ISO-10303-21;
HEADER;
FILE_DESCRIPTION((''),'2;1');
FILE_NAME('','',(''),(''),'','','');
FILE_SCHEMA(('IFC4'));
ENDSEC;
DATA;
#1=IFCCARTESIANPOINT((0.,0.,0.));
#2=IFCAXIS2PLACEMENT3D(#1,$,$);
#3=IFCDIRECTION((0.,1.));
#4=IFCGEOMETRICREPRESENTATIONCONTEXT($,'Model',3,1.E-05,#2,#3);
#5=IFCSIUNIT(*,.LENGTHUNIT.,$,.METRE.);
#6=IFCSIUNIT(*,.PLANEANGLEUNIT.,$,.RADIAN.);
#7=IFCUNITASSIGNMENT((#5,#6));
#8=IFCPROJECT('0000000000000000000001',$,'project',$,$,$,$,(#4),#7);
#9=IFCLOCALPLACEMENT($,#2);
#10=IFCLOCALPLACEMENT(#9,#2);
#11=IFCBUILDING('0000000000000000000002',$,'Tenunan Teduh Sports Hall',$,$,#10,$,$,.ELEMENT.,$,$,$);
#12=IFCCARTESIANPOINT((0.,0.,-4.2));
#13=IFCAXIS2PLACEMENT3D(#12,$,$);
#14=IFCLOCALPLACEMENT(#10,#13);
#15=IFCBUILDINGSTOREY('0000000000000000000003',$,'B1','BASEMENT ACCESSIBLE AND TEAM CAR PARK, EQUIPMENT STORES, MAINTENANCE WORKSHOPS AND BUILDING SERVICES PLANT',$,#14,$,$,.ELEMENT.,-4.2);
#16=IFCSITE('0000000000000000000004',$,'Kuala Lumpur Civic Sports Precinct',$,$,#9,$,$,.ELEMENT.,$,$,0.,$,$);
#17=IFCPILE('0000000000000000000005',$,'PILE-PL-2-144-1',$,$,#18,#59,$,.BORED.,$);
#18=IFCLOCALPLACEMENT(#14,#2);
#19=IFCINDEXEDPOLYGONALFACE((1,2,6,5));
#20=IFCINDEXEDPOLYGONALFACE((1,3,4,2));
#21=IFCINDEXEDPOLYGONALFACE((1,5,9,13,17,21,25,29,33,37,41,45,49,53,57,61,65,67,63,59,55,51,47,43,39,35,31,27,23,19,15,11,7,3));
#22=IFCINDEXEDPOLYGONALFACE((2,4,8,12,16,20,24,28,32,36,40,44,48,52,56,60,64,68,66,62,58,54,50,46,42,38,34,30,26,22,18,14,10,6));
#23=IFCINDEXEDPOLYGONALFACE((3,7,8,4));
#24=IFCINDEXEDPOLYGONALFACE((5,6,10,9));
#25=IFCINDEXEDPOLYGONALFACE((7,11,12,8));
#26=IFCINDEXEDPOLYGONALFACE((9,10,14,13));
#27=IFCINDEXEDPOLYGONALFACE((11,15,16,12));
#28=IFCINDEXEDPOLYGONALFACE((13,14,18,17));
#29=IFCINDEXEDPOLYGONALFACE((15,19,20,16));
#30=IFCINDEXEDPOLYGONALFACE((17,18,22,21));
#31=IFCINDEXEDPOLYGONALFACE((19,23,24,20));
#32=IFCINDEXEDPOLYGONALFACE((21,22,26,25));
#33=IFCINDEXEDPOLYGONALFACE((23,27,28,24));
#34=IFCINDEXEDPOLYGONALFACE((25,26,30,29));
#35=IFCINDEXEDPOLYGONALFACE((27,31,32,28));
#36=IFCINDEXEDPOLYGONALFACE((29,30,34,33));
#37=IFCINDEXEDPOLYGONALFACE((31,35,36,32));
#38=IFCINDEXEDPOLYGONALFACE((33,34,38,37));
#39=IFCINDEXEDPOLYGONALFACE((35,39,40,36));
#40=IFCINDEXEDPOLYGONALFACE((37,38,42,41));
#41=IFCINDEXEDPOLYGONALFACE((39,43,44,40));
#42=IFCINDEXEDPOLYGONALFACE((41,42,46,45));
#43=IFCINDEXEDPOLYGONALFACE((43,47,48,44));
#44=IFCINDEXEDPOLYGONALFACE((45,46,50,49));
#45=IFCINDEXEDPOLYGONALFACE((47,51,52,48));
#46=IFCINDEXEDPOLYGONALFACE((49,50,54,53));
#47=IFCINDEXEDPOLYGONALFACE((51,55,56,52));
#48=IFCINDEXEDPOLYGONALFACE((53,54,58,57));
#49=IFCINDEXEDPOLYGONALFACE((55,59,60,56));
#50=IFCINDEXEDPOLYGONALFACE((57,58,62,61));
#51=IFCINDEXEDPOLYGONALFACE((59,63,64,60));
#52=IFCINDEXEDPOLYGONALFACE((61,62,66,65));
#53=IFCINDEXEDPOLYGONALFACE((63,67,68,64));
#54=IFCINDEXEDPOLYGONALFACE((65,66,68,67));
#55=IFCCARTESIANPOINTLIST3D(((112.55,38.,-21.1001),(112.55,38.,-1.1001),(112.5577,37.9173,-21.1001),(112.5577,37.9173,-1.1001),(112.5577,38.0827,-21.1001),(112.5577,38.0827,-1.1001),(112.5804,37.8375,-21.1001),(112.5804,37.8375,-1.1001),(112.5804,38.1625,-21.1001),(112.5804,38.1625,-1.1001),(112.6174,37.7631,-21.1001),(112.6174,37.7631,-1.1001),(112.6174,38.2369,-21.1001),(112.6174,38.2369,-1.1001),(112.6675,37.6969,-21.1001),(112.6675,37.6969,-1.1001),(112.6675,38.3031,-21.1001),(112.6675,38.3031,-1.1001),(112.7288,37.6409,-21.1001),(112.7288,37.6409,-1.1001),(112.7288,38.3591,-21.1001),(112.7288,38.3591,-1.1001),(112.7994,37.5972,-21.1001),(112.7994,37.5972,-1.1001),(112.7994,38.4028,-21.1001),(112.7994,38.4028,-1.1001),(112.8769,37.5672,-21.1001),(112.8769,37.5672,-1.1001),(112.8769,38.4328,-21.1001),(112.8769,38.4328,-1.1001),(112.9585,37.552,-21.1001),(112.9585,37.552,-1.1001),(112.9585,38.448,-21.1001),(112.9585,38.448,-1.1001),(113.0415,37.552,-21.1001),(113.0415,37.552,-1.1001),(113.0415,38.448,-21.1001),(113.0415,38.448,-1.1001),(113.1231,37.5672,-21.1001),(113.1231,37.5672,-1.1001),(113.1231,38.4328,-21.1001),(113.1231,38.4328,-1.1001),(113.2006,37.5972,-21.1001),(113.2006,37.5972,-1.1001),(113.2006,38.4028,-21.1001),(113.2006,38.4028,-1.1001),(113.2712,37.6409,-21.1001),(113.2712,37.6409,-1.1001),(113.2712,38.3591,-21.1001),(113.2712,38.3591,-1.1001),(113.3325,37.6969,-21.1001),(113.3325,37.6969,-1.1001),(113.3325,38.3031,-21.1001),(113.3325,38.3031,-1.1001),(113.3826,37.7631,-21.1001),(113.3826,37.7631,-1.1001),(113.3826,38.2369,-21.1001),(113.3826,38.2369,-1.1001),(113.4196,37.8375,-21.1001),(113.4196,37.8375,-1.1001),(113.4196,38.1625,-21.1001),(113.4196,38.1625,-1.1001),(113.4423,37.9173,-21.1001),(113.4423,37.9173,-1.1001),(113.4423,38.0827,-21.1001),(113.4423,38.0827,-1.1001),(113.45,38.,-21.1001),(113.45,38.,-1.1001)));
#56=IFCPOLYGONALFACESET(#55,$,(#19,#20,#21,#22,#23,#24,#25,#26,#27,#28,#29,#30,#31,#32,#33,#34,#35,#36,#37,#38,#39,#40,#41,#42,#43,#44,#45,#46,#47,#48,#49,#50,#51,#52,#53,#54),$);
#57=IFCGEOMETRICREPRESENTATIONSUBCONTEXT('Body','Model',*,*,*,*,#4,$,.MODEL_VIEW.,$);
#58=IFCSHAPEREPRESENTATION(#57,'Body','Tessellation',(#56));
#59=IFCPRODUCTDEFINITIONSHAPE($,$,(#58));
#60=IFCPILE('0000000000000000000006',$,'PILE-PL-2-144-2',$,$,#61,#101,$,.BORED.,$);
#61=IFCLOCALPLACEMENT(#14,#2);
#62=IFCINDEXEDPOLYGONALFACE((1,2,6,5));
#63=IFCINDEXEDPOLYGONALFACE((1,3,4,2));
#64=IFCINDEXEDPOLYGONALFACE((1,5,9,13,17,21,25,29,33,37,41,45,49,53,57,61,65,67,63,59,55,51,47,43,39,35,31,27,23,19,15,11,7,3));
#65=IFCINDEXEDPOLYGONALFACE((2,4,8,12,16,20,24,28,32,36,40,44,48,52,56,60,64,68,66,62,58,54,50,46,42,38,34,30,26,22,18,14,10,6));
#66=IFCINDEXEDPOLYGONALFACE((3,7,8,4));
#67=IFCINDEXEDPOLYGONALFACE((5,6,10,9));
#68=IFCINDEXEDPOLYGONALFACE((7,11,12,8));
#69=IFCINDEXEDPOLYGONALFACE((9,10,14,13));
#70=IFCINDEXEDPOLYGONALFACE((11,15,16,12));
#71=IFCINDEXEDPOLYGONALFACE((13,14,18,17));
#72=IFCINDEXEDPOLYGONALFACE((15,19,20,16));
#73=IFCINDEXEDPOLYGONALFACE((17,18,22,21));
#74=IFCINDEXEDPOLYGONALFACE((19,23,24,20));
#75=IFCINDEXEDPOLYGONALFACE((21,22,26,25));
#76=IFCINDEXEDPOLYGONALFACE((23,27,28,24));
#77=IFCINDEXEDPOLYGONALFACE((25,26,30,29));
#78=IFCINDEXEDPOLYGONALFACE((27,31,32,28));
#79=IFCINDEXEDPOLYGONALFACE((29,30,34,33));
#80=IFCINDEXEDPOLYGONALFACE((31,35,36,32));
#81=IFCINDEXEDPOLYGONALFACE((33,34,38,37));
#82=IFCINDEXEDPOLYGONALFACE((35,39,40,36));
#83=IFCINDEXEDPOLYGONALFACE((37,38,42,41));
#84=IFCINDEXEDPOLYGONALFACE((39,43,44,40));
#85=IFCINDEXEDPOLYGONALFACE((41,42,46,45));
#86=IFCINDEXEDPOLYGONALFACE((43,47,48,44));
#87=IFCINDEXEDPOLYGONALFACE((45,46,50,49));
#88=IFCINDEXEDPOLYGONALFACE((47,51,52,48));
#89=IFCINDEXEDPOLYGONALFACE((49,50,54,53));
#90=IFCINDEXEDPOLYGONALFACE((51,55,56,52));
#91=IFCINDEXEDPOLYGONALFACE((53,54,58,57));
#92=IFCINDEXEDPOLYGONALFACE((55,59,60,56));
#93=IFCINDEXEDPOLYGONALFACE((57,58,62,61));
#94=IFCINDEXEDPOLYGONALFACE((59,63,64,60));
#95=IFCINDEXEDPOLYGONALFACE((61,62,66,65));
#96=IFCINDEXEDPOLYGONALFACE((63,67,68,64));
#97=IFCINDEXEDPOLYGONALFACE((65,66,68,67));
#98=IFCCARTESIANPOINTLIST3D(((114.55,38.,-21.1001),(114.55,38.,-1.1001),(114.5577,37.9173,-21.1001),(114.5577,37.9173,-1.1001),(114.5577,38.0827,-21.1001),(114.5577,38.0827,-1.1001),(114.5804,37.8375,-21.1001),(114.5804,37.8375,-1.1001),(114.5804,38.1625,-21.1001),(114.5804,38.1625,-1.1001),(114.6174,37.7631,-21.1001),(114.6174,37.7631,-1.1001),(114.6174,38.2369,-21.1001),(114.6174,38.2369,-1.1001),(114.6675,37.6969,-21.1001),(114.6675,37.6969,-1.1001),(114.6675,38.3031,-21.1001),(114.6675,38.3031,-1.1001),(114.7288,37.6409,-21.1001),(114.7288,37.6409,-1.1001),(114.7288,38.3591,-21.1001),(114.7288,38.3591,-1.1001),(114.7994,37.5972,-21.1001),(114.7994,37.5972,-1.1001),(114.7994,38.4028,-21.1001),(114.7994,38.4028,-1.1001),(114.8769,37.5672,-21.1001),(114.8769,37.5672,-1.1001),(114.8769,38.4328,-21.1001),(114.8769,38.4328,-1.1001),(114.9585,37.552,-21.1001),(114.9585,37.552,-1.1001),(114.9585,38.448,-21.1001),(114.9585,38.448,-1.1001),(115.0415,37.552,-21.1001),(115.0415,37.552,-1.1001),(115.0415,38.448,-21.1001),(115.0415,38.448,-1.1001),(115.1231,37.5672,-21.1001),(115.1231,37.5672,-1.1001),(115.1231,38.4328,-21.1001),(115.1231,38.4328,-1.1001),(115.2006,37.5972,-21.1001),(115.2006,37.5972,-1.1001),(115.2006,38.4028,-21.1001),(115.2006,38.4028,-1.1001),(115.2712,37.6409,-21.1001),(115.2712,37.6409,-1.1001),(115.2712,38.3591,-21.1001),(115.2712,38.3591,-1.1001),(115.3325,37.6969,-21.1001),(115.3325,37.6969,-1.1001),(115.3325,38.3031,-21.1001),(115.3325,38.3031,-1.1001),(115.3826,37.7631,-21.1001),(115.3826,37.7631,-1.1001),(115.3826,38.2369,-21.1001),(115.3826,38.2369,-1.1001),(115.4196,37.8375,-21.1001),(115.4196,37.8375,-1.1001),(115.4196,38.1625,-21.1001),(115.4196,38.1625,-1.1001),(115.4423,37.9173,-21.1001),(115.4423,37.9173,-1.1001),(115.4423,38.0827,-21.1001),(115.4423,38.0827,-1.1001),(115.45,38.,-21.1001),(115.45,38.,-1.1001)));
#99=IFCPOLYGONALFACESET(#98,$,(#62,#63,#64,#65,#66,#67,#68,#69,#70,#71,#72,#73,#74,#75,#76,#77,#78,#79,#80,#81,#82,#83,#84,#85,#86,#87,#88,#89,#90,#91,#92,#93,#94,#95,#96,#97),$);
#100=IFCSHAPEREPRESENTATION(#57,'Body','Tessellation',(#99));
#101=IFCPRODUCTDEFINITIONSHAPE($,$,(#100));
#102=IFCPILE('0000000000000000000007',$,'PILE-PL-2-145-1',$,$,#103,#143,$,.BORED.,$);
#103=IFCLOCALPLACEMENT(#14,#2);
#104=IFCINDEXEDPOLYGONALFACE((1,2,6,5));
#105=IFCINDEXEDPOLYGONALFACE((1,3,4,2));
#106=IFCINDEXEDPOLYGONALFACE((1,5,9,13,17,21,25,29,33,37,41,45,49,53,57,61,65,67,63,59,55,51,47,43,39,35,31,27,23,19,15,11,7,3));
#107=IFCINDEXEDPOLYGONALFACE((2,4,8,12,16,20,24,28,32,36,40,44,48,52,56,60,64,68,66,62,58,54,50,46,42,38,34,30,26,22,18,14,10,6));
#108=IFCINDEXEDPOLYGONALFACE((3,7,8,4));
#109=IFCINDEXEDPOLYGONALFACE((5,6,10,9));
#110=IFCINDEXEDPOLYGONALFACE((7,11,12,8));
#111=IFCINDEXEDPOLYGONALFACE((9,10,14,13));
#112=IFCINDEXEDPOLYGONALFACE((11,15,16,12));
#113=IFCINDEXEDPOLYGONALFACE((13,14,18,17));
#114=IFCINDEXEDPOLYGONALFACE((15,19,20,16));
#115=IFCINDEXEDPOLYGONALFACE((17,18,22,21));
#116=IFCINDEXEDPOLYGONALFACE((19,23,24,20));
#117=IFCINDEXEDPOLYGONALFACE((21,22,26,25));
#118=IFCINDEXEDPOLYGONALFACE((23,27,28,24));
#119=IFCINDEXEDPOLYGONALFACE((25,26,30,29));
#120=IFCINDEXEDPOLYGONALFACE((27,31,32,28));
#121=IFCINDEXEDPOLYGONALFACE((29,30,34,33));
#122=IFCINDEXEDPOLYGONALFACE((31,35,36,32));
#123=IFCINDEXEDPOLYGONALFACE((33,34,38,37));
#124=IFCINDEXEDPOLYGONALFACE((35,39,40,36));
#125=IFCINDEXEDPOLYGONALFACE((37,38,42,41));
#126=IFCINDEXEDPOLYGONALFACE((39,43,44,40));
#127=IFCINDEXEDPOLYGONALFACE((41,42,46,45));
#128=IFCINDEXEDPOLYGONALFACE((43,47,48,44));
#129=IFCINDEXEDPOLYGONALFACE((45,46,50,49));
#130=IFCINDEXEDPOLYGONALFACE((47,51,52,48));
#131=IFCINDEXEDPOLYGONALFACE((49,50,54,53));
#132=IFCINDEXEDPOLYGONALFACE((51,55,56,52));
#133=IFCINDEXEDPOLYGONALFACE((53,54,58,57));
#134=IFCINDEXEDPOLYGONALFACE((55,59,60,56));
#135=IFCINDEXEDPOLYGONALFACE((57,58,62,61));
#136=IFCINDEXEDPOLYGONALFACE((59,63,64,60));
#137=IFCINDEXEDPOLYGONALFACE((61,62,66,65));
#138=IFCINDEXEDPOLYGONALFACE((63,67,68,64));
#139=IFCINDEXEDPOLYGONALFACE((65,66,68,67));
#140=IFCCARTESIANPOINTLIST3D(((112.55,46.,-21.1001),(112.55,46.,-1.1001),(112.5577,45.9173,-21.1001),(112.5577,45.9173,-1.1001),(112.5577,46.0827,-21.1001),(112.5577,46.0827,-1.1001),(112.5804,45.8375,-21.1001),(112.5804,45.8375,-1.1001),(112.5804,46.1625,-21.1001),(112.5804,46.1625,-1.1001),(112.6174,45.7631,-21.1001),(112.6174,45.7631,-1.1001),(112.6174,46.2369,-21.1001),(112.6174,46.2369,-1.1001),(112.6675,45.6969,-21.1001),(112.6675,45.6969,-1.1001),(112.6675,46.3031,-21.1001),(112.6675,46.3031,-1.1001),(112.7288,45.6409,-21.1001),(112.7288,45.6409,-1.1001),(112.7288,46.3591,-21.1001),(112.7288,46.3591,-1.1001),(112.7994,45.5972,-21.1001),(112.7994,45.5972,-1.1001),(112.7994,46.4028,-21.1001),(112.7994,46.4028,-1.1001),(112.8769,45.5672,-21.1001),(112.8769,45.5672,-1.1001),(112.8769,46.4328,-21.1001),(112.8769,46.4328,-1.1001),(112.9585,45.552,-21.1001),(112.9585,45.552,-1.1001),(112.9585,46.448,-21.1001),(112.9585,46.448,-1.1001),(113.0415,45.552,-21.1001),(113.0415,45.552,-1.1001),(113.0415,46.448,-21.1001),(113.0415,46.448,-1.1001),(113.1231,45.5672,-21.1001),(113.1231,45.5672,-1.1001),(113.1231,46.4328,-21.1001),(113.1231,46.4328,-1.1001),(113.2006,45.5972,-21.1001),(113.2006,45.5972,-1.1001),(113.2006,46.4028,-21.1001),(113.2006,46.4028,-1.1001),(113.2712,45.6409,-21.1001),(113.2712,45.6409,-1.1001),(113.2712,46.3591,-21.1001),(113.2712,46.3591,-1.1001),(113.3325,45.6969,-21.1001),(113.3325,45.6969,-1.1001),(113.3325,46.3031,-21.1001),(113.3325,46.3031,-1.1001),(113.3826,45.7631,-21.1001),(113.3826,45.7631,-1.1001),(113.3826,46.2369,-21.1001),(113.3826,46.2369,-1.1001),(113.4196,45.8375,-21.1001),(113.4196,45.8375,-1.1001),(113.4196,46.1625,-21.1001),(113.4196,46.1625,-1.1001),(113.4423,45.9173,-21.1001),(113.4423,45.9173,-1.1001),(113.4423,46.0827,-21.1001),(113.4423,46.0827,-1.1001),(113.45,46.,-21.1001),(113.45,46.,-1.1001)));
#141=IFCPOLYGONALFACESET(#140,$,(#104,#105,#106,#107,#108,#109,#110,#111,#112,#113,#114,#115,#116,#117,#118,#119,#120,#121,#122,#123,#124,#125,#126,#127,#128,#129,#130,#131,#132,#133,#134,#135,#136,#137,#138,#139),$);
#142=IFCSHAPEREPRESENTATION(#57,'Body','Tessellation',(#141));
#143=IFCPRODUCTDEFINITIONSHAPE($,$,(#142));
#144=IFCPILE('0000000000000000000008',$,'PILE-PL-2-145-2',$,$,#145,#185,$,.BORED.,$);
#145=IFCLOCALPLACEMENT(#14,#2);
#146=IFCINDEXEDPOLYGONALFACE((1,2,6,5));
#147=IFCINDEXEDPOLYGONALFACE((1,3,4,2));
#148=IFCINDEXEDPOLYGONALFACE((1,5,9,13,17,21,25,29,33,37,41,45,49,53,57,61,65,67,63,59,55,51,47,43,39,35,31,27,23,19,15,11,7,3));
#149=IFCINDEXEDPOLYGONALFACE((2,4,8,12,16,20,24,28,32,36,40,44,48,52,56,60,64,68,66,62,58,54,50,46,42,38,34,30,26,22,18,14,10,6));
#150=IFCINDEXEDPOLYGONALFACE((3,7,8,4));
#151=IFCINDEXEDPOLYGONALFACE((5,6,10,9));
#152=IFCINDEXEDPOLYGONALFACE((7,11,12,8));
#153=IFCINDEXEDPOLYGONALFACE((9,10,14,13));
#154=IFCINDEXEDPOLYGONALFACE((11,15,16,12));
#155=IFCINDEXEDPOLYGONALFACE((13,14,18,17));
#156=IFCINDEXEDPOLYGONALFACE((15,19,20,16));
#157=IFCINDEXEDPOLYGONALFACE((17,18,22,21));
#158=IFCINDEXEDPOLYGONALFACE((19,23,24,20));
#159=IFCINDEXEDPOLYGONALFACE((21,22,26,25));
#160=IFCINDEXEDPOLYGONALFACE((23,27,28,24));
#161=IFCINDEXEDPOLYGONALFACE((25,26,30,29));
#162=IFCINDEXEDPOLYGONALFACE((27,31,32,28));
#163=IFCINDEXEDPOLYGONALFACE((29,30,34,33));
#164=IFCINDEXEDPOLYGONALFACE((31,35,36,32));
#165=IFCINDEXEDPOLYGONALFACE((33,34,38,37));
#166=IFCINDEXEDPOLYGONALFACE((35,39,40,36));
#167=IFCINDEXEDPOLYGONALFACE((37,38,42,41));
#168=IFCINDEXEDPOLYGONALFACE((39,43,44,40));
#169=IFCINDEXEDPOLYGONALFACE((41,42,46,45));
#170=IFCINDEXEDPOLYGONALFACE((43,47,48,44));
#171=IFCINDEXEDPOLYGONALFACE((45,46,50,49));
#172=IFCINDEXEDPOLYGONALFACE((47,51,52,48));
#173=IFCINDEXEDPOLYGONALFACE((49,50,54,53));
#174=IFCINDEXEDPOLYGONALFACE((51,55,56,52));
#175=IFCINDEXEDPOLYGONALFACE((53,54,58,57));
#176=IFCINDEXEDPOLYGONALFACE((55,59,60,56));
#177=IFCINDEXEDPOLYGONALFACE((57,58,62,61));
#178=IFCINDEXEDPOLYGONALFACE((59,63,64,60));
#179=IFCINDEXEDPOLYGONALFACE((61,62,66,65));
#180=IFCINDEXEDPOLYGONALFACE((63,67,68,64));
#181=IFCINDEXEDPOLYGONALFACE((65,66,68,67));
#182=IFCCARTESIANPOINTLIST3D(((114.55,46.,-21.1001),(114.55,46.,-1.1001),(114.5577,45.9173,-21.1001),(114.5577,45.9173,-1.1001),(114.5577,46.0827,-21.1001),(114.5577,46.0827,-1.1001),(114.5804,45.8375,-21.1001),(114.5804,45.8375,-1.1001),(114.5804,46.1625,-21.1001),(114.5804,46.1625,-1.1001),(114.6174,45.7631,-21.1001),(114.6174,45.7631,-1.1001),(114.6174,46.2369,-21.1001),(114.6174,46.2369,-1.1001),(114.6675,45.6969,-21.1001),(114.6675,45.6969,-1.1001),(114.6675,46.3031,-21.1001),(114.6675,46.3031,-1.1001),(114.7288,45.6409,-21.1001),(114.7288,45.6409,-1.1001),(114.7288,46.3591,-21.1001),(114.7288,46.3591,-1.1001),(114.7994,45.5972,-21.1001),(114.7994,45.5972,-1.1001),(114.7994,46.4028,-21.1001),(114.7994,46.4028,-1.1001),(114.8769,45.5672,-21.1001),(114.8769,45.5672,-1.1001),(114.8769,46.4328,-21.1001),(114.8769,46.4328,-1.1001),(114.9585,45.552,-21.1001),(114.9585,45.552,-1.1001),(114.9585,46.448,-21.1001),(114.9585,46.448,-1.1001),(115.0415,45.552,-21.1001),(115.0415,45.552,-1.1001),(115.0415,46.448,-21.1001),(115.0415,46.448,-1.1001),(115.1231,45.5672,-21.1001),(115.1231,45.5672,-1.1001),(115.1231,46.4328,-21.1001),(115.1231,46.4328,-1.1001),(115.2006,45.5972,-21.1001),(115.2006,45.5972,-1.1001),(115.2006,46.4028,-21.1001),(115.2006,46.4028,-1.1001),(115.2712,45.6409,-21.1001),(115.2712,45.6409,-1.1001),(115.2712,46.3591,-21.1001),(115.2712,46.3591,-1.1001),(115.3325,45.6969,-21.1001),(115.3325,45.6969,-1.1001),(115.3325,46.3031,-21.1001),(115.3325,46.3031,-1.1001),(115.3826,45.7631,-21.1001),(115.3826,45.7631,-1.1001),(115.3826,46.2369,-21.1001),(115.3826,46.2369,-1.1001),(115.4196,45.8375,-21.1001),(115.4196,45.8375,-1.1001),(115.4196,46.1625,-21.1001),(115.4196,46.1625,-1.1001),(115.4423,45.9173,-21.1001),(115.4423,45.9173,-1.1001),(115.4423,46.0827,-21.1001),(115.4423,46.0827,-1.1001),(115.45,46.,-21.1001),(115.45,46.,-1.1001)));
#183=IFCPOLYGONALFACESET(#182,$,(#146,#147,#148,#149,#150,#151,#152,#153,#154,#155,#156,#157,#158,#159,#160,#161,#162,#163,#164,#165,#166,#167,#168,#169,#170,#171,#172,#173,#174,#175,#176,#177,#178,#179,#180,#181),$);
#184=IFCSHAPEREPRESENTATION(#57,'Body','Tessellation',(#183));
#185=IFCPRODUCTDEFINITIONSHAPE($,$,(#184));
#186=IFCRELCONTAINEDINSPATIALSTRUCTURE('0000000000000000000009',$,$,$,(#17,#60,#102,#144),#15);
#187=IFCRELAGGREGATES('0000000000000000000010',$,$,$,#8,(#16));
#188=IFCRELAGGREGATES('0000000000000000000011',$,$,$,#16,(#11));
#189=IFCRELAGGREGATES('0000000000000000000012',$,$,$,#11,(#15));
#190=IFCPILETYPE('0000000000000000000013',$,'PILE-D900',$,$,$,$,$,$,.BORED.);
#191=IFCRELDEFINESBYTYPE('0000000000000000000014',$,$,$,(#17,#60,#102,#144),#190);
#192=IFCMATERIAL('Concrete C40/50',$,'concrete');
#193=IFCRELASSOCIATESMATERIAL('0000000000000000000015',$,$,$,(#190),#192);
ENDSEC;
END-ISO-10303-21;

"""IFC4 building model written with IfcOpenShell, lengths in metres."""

from ifc_helpers import new_model, si_unit, direction, frame, origin, origin_2d, place, context, subcontext, project, spatial, circle, extrude, material, material_profile, profile_set, type_object, element, save


model = new_model("IFC4")

# Units and contexts
model_context = context("Model", 3, precision=1e-05, world=origin(), true_north=direction((0.0, 1.0)))
body_context = subcontext(model_context, "Body", "Model", "MODEL_VIEW")
ifc_project = project(units=[si_unit("LENGTHUNIT", "METRE"), si_unit("PLANEANGLEUNIT", "RADIAN")], contexts=[model_context])

# Site, building, storey
site_placement = place(None, origin())
site = spatial("IfcSite", under=ifc_project, at=site_placement, Name="Kuala Lumpur Civic Sports Precinct", CompositionType="ELEMENT", RefElevation=0.0)
building_placement = place(site_placement, origin())
building = spatial("IfcBuilding", under=site, at=building_placement, Name="Tenunan Teduh Sports Hall", CompositionType="ELEMENT")
storey_placement = place(building_placement, frame((0.0, 0.0, -4.2)))
storey = spatial("IfcBuildingStorey", under=building, at=storey_placement, Name="B1", Description="BASEMENT ACCESSIBLE AND TEAM CAR PARK, EQUIPMENT STORES, MAINTENANCE WORKSHOPS AND BUILDING SERVICES PLANT", CompositionType="ELEMENT", Elevation=-4.2)

# Piles
ifc_material_1 = material(Name="Concrete C40/50", Category="concrete")
ifc_material_profile_1 = material_profile(ifc_material_1, circle(Radius=0.45, at=origin_2d()), Name="PILE D900")
ifc_profile_set_1 = profile_set([ifc_material_profile_1], Name="Concrete C40/50")
pile_type_1 = type_object("IfcPileType", Name="PILE-D900", PredefinedType="BORED", material=ifc_profile_set_1)
for number, where, z_axis, x_axis, name in (
    (1, (113.0, 38.0, -1.1001), (0.0, 0.0, -1.0), (1.0, 0.0, 0.0), "PILE-PL-2-144-1"),
    (2, (115.0, 38.0, -1.1001), (0.0, 0.0, -1.0), (1.0, 0.0, 0.0), "PILE-PL-2-144-2"),
    (3, (113.0, 46.0, -1.1001), (0.0, 0.0, -1.0), (1.0, 0.0, 0.0), "PILE-PL-2-145-1"),
    (4, (115.0, 46.0, -1.1001), (0.0, 0.0, -1.0), (1.0, 0.0, 0.0), "PILE-PL-2-145-2"),
):
    element("IfcPile", number, at=place(storey_placement, frame(where, z_axis=z_axis, x_axis=x_axis)), inside=storey, type_object=pile_type_1, Name=name, PredefinedType="BORED", context=body_context, shape_type="SweptSolid", body=[
        extrude(circle(Radius=0.45, at=origin_2d()), origin(), (0.0, 0.0, 1.0), 20.0),
    ])

save(model, "model.ifc")
